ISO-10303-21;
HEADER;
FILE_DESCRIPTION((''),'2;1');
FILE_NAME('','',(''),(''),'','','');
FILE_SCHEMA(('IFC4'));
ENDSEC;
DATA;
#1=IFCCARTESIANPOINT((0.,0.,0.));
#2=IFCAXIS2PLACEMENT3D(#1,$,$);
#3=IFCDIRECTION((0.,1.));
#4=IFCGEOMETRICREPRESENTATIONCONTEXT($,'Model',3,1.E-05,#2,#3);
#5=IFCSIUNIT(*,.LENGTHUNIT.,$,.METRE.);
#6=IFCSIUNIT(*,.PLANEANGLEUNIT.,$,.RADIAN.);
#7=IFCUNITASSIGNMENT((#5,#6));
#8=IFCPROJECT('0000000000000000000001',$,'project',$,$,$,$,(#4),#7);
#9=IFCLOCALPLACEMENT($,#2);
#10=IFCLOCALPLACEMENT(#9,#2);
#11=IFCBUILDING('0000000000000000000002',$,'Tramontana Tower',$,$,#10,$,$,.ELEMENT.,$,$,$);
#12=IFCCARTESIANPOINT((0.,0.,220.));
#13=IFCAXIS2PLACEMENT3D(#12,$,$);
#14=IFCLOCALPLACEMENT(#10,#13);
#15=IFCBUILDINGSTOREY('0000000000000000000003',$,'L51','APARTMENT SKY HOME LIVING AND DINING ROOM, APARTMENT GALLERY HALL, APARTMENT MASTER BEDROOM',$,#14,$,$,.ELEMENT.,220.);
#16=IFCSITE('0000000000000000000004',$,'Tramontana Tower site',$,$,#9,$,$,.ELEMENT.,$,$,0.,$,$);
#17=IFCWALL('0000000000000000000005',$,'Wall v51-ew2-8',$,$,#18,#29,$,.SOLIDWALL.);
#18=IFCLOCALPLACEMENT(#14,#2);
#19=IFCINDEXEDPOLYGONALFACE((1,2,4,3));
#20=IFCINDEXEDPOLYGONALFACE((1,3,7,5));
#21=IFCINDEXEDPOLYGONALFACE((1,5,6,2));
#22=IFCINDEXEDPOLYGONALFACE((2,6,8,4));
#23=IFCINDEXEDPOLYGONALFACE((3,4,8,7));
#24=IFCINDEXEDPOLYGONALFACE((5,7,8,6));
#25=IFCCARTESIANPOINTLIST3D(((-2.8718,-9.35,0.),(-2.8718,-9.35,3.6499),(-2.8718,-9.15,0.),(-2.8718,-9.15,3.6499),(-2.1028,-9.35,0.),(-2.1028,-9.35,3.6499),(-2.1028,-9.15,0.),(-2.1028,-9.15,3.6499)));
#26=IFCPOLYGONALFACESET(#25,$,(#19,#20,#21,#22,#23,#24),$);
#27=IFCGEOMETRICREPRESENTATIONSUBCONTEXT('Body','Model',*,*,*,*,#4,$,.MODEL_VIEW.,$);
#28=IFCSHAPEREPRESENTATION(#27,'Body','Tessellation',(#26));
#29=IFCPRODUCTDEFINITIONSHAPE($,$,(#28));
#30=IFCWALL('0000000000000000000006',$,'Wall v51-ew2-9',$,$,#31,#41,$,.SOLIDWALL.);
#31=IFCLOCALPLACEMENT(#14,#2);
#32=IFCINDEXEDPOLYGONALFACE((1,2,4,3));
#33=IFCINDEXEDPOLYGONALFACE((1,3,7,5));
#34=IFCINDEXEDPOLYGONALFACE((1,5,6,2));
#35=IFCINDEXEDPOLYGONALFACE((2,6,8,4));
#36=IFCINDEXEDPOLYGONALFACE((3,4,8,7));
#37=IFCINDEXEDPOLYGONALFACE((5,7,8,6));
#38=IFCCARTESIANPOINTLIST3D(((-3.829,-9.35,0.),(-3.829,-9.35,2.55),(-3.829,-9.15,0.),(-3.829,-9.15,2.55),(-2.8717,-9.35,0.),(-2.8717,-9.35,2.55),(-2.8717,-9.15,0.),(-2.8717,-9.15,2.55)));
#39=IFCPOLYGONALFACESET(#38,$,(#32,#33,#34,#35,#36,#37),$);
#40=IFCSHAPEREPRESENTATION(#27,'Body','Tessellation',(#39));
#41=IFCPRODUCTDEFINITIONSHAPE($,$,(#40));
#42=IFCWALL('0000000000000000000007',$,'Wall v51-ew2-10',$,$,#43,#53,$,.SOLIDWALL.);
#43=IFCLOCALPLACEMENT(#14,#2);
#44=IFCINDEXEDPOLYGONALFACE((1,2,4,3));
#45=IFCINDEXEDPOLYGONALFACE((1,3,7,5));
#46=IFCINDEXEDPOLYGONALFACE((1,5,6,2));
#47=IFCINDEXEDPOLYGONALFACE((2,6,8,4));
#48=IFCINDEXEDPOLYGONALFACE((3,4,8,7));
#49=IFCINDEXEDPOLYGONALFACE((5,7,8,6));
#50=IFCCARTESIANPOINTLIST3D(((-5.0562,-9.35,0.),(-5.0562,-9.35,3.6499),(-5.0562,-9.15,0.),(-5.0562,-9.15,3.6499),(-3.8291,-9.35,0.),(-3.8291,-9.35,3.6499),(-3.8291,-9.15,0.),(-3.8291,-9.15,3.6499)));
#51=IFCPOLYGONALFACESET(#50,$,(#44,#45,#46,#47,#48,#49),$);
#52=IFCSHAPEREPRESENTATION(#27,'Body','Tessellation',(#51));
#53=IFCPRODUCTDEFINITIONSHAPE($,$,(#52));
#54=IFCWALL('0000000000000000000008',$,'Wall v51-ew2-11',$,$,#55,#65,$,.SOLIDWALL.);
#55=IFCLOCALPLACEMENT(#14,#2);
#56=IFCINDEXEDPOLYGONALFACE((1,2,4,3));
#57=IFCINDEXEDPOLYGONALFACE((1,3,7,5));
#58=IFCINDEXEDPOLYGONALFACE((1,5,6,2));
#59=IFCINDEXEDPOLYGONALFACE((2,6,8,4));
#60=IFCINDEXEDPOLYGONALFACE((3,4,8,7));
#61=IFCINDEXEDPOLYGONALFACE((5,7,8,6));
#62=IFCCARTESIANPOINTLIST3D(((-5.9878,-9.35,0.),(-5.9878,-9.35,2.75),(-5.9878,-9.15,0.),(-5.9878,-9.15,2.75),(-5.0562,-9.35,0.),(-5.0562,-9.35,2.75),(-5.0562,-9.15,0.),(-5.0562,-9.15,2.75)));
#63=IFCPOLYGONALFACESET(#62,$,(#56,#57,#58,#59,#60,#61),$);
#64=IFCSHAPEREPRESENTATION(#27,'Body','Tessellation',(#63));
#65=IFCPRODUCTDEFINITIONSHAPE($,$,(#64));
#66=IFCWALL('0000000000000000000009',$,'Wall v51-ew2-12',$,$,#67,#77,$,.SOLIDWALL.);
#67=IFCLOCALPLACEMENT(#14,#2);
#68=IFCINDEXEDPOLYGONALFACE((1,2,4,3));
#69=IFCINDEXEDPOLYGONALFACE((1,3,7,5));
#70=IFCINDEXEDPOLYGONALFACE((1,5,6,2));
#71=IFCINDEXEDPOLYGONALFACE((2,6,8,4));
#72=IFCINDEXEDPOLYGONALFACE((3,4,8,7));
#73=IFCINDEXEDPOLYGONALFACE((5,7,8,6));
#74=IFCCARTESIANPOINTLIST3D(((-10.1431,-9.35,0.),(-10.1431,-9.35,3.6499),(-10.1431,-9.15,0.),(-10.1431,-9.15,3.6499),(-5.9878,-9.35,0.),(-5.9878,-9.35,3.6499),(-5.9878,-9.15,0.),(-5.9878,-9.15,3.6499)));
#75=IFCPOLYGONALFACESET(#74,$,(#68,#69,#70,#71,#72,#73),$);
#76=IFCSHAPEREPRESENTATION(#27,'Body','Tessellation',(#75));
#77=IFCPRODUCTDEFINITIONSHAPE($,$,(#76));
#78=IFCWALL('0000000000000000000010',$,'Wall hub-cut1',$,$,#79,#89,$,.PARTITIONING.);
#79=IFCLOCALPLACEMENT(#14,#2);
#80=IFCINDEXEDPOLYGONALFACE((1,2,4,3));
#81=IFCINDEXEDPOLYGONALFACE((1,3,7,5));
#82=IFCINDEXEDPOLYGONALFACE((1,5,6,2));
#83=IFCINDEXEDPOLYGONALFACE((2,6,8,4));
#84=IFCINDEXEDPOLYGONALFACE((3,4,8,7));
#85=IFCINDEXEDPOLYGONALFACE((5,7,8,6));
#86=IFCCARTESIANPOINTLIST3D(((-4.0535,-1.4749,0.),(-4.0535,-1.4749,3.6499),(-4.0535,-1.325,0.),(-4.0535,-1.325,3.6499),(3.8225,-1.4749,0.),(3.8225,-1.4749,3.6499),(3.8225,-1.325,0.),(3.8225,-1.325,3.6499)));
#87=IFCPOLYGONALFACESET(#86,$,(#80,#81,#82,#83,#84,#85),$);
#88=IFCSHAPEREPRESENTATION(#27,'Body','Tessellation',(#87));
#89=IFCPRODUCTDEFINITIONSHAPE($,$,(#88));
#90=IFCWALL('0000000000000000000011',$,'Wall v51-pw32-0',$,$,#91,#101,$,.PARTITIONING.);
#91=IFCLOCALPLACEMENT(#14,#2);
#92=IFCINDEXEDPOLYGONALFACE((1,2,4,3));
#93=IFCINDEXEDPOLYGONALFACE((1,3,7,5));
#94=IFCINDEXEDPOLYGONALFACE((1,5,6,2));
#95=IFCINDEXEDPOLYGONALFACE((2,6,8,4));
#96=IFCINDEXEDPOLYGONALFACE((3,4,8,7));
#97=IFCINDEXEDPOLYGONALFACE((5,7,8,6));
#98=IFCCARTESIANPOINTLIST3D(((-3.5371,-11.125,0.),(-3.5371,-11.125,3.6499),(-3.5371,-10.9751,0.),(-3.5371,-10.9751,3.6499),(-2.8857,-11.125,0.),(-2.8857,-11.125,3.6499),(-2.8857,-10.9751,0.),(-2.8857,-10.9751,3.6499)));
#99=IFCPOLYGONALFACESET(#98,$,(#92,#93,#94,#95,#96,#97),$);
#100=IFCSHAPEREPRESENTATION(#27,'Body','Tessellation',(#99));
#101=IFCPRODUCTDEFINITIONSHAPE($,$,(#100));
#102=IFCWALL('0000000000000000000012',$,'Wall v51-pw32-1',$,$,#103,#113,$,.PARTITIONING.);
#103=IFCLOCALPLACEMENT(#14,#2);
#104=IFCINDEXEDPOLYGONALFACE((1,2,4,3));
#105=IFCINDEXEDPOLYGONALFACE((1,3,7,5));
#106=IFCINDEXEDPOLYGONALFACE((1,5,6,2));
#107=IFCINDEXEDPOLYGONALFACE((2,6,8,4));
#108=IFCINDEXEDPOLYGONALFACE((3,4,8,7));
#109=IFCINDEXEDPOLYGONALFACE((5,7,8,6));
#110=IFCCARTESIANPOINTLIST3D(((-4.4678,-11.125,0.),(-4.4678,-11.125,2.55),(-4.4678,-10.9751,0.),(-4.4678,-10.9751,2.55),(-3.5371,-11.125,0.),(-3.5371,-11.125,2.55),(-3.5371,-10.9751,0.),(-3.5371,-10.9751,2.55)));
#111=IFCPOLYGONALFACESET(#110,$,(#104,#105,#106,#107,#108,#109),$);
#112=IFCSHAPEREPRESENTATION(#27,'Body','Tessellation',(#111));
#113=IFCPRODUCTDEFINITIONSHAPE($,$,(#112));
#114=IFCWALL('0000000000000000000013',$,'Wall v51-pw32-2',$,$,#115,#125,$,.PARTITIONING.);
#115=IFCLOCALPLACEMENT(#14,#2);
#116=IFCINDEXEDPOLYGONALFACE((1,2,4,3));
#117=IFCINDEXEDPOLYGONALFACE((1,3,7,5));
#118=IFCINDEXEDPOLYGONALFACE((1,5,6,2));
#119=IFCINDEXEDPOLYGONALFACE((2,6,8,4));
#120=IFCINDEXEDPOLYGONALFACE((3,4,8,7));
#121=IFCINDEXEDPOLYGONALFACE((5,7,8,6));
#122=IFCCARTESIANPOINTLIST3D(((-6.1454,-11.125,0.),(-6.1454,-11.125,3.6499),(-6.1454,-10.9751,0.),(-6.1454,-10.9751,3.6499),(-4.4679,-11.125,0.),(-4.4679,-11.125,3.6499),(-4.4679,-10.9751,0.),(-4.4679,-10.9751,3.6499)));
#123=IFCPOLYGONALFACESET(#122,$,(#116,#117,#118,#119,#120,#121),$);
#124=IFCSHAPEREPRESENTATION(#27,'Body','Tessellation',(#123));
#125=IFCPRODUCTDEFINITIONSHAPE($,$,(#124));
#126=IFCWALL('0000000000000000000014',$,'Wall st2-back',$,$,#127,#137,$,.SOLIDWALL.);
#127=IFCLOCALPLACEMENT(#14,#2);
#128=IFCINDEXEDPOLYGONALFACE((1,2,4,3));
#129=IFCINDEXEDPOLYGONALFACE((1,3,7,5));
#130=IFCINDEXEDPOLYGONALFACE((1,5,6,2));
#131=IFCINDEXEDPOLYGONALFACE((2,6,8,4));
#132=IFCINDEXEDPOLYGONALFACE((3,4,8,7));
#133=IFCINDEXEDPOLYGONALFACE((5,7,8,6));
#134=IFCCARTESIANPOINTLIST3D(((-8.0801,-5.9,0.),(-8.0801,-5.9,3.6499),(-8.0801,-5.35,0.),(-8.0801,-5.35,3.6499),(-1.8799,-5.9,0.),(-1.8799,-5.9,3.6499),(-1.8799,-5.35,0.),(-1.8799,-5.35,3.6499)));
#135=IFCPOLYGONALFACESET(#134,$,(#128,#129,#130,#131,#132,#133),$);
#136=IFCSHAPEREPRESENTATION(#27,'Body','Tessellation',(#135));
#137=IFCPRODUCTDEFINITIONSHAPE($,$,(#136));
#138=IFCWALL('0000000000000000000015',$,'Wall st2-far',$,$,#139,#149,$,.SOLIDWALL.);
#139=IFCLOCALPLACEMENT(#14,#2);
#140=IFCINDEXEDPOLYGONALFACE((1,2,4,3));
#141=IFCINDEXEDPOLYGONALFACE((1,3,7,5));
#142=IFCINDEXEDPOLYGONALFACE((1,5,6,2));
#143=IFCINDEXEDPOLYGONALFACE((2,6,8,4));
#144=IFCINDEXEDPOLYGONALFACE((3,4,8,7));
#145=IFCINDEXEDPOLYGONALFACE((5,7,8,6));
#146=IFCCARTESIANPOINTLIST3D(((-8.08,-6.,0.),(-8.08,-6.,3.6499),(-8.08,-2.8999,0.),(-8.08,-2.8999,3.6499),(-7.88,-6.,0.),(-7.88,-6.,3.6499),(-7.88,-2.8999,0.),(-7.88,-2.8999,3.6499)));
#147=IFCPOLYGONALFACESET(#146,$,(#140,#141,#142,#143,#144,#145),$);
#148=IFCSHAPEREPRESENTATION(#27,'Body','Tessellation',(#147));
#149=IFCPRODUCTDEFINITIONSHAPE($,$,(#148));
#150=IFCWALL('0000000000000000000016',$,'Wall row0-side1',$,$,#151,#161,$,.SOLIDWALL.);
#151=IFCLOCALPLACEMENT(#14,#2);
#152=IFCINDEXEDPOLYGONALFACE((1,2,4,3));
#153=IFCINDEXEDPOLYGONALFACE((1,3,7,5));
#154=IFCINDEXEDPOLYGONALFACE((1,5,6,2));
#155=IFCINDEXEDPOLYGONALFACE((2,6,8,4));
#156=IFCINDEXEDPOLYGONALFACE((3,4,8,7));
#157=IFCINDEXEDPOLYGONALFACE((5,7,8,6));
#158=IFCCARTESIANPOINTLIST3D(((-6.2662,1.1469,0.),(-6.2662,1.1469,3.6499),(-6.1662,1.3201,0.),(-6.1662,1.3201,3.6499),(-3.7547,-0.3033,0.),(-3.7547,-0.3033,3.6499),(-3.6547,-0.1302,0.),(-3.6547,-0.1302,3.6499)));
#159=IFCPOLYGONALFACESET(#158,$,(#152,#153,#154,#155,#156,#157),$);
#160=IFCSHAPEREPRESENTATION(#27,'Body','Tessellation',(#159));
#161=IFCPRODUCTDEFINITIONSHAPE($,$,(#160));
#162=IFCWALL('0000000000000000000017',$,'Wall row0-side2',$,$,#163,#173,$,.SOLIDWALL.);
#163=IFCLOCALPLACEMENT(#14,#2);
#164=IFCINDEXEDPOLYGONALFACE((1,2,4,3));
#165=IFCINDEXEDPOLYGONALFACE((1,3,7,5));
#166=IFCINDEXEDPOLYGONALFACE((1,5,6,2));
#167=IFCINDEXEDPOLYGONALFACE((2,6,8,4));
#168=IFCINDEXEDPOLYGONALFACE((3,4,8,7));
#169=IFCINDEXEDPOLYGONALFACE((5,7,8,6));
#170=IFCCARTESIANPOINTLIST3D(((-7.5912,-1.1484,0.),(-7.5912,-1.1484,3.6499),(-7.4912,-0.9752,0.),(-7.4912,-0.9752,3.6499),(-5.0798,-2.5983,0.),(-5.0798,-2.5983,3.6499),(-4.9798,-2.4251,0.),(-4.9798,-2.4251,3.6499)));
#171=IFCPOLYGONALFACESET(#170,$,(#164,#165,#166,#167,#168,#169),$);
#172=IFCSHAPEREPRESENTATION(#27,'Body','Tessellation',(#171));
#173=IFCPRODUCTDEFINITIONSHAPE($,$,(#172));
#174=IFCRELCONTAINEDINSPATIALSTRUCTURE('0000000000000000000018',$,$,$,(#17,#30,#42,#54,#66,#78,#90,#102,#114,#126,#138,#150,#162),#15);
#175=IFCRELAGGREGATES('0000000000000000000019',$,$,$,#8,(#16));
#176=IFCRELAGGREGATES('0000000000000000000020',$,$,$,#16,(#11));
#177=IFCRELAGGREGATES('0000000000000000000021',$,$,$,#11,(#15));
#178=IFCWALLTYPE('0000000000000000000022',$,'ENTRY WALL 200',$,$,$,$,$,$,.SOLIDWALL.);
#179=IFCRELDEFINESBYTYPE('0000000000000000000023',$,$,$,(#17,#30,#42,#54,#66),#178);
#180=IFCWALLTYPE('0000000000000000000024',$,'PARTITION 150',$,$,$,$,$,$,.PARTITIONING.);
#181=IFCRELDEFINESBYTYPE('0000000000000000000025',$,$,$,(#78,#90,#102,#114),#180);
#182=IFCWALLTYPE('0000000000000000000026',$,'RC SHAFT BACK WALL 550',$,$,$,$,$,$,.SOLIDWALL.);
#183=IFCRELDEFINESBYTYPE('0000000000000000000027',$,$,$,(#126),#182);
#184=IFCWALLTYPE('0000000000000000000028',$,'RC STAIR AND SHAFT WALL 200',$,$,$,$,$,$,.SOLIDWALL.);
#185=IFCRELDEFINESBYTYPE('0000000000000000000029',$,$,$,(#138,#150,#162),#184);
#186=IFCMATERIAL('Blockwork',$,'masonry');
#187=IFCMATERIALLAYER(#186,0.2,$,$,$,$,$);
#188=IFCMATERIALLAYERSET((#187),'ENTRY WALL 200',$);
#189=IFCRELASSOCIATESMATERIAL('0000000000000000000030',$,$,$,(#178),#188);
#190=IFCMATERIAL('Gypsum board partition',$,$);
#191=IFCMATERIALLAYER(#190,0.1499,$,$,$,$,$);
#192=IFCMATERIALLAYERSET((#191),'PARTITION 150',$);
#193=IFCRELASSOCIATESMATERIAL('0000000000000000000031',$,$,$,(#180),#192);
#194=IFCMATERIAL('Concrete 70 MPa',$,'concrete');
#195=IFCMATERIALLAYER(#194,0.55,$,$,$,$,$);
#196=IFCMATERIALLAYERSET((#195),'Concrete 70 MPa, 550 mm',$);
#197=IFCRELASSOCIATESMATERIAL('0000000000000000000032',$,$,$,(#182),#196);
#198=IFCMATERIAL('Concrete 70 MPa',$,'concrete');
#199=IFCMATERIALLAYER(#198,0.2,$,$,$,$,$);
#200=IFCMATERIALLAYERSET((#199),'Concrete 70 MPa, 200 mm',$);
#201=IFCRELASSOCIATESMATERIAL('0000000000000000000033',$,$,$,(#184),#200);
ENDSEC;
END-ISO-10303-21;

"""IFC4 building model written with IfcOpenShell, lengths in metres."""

from ifc_helpers import new_model, si_unit, direction, frame, frame_2d, origin, place, context, subcontext, project, spatial, rectangle, extrude, material, layer, layer_set, type_object, element, save


model = new_model("IFC4")

# Units and contexts
model_context = context("Model", 3, precision=1e-05, world=origin(), true_north=direction((0.0, 1.0)))
body_context = subcontext(model_context, "Body", "Model", "MODEL_VIEW")
ifc_project = project(units=[si_unit("LENGTHUNIT", "METRE"), si_unit("PLANEANGLEUNIT", "RADIAN")], contexts=[model_context])

# Site, building, storey
site_placement = place(None, origin())
site = spatial("IfcSite", under=ifc_project, at=site_placement, Name="Tramontana Tower site", CompositionType="ELEMENT", RefElevation=0.0)
building_placement = place(site_placement, origin())
building = spatial("IfcBuilding", under=site, at=building_placement, Name="Tramontana Tower", CompositionType="ELEMENT")
storey_placement = place(building_placement, frame((0.0, 0.0, 220.0)))
storey = spatial("IfcBuildingStorey", under=building, at=storey_placement, Name="L51", Description="APARTMENT SKY HOME LIVING AND DINING ROOM, APARTMENT GALLERY HALL, APARTMENT MASTER BEDROOM", CompositionType="ELEMENT", Elevation=220.0)

# Walls
ifc_material_1 = material(Name="Blockwork", Category="masonry")
ifc_layer_1 = layer(ifc_material_1, 0.2)
ifc_layer_set_1 = layer_set([ifc_layer_1], Name="ENTRY WALL 200")
wall_type_1 = type_object("IfcWallType", Name="ENTRY WALL 200", PredefinedType="SOLIDWALL", material=ifc_layer_set_1)
wall_1_placement = place(storey_placement, frame((-2.1028, -9.25, 0.0), z_axis=(0.0, 0.0, 1.0), x_axis=(-1.0, 0.0, 0.0)))
element("IfcWall", 1, at=wall_1_placement, inside=storey, type_object=wall_type_1, Name="Wall v51-ew2-8", PredefinedType="SOLIDWALL", context=body_context, shape_type="SweptSolid", body=[
    extrude(rectangle(XDim=0.769, YDim=0.2, at=frame_2d((0.3845, 0.0))), origin(), (0.0, 0.0, 1.0), 3.6499),
])
wall_2_placement = place(storey_placement, frame((-2.8718, -9.25, 0.0), z_axis=(0.0, 0.0, 1.0), x_axis=(-1.0, 0.0, 0.0)))
element("IfcWall", 2, at=wall_2_placement, inside=storey, type_object=wall_type_1, Name="Wall v51-ew2-9", PredefinedType="SOLIDWALL", context=body_context, shape_type="SweptSolid", body=[
    extrude(rectangle(XDim=0.9573, YDim=0.2, at=frame_2d((0.4785, 0.0))), origin(), (0.0, 0.0, 1.0), 2.55),
])
wall_3_placement = place(storey_placement, frame((-3.8291, -9.25, 0.0), z_axis=(0.0, 0.0, 1.0), x_axis=(-1.0, 0.0, 0.0)))
element("IfcWall", 3, at=wall_3_placement, inside=storey, type_object=wall_type_1, Name="Wall v51-ew2-10", PredefinedType="SOLIDWALL", context=body_context, shape_type="SweptSolid", body=[
    extrude(rectangle(XDim=1.2271, YDim=0.2, at=frame_2d((0.6135, 0.0))), origin(), (0.0, 0.0, 1.0), 3.6499),
])
wall_4_placement = place(storey_placement, frame((-5.0562, -9.25, 0.0), z_axis=(0.0, 0.0, 1.0), x_axis=(-1.0, 0.0, 0.0)))
element("IfcWall", 4, at=wall_4_placement, inside=storey, type_object=wall_type_1, Name="Wall v51-ew2-11", PredefinedType="SOLIDWALL", context=body_context, shape_type="SweptSolid", body=[
    extrude(rectangle(XDim=0.9316, YDim=0.2, at=frame_2d((0.4658, 0.0))), origin(), (0.0, 0.0, 1.0), 2.75),
])
wall_5_placement = place(storey_placement, frame((-5.9878, -9.25, 0.0), z_axis=(0.0, 0.0, 1.0), x_axis=(-1.0, 0.0, 0.0)))
element("IfcWall", 5, at=wall_5_placement, inside=storey, type_object=wall_type_1, Name="Wall v51-ew2-12", PredefinedType="SOLIDWALL", context=body_context, shape_type="SweptSolid", body=[
    extrude(rectangle(XDim=4.1553, YDim=0.2, at=frame_2d((2.0776, 0.0))), origin(), (0.0, 0.0, 1.0), 3.6499),
])
ifc_material_2 = material(Name="Gypsum board partition")
ifc_layer_2 = layer(ifc_material_2, 0.1499)
ifc_layer_set_2 = layer_set([ifc_layer_2], Name="PARTITION 150")
wall_type_2 = type_object("IfcWallType", Name="PARTITION 150", PredefinedType="PARTITIONING", material=ifc_layer_set_2)
wall_6_placement = place(storey_placement, frame((-4.0535, -1.3999, 0.0), z_axis=(0.0, 0.0, 1.0), x_axis=(1.0, 0.0, 0.0)))
element("IfcWall", 6, at=wall_6_placement, inside=storey, type_object=wall_type_2, Name="Wall hub-cut1", PredefinedType="PARTITIONING", context=body_context, shape_type="SweptSolid", body=[
    extrude(rectangle(XDim=7.876, YDim=0.1499, at=frame_2d((3.938, 0.0))), origin(), (0.0, 0.0, 1.0), 3.6499),
])
wall_7_placement = place(storey_placement, frame((-2.8857, -11.05, 0.0), z_axis=(0.0, 0.0, 1.0), x_axis=(-1.0, 0.0, 0.0)))
element("IfcWall", 7, at=wall_7_placement, inside=storey, type_object=wall_type_2, Name="Wall v51-pw32-0", PredefinedType="PARTITIONING", context=body_context, shape_type="SweptSolid", body=[
    extrude(rectangle(XDim=0.6514, YDim=0.1499, at=frame_2d((0.3257, 0.0))), origin(), (0.0, 0.0, 1.0), 3.6499),
])
wall_8_placement = place(storey_placement, frame((-3.5371, -11.05, 0.0), z_axis=(0.0, 0.0, 1.0), x_axis=(-1.0, 0.0, 0.0)))
element("IfcWall", 8, at=wall_8_placement, inside=storey, type_object=wall_type_2, Name="Wall v51-pw32-1", PredefinedType="PARTITIONING", context=body_context, shape_type="SweptSolid", body=[
    extrude(rectangle(XDim=0.9307, YDim=0.1499, at=frame_2d((0.4653, 0.0))), origin(), (0.0, 0.0, 1.0), 2.55),
])
wall_9_placement = place(storey_placement, frame((-4.4678, -11.05, 0.0), z_axis=(0.0, 0.0, 1.0), x_axis=(-1.0, 0.0, 0.0)))
element("IfcWall", 9, at=wall_9_placement, inside=storey, type_object=wall_type_2, Name="Wall v51-pw32-2", PredefinedType="PARTITIONING", context=body_context, shape_type="SweptSolid", body=[
    extrude(rectangle(XDim=1.6775, YDim=0.1499, at=frame_2d((0.8389, 0.0))), origin(), (0.0, 0.0, 1.0), 3.6499),
])
ifc_material_3 = material(Name="Concrete 70 MPa", Category="concrete")
ifc_layer_3 = layer(ifc_material_3, 0.55)
ifc_layer_set_3 = layer_set([ifc_layer_3], Name="Concrete 70 MPa, 550 mm")
wall_type_3 = type_object("IfcWallType", Name="RC SHAFT BACK WALL 550", PredefinedType="SOLIDWALL", material=ifc_layer_set_3)
wall_10_placement = place(storey_placement, frame((-8.0801, -5.625, 0.0), z_axis=(0.0, 0.0, 1.0), x_axis=(1.0, 0.0, 0.0)))
element("IfcWall", 10, at=wall_10_placement, inside=storey, type_object=wall_type_3, Name="Wall st2-back", PredefinedType="SOLIDWALL", context=body_context, shape_type="SweptSolid", body=[
    extrude(rectangle(XDim=6.2002, YDim=0.55, at=frame_2d((3.1001, 0.0))), origin(), (0.0, 0.0, 1.0), 3.6499),
])
ifc_material_4 = material(Name="Concrete 70 MPa", Category="concrete")
ifc_layer_4 = layer(ifc_material_4, 0.2)
ifc_layer_set_4 = layer_set([ifc_layer_4], Name="Concrete 70 MPa, 200 mm")
wall_type_4 = type_object("IfcWallType", Name="RC STAIR AND SHAFT WALL 200", PredefinedType="SOLIDWALL", material=ifc_layer_set_4)
wall_11_placement = place(storey_placement, frame((-7.98, -2.8999, 0.0), z_axis=(0.0, 0.0, 1.0), x_axis=(0.0, -1.0, 0.0)))
element("IfcWall", 11, at=wall_11_placement, inside=storey, type_object=wall_type_4, Name="Wall st2-far", PredefinedType="SOLIDWALL", context=body_context, shape_type="SweptSolid", body=[
    extrude(rectangle(XDim=3.1001, YDim=0.2, at=frame_2d((1.55, 0.0))), origin(), (0.0, 0.0, 1.0), 3.6499),
])

# Walls
wall_12_placement = place(storey_placement, frame((-3.7046, -0.2168, 0.0), z_axis=(0.0, 0.0, 1.0), x_axis=(-0.865996, 0.50005, 0.0)))
element("IfcWall", 12, at=wall_12_placement, inside=storey, type_object=wall_type_4, Name="Wall row0-side1", PredefinedType="SOLIDWALL", context=body_context, shape_type="SweptSolid", body=[
    extrude(rectangle(XDim=2.9001, YDim=0.2, at=frame_2d((1.4502, 0.0))), origin(), (0.0, 0.0, 1.0), 3.6499),
])
wall_13_placement = place(storey_placement, frame((-5.0298, -2.5117, 0.0), z_axis=(0.0, 0.0, 1.0), x_axis=(-0.866033, 0.499987, 0.0)))
element("IfcWall", 13, at=wall_13_placement, inside=storey, type_object=wall_type_4, Name="Wall row0-side2", PredefinedType="SOLIDWALL", context=body_context, shape_type="SweptSolid", body=[
    extrude(rectangle(XDim=2.8999, YDim=0.2, at=frame_2d((1.45, 0.0))), origin(), (0.0, 0.0, 1.0), 3.6499),
])

save(model, "model.ifc")
